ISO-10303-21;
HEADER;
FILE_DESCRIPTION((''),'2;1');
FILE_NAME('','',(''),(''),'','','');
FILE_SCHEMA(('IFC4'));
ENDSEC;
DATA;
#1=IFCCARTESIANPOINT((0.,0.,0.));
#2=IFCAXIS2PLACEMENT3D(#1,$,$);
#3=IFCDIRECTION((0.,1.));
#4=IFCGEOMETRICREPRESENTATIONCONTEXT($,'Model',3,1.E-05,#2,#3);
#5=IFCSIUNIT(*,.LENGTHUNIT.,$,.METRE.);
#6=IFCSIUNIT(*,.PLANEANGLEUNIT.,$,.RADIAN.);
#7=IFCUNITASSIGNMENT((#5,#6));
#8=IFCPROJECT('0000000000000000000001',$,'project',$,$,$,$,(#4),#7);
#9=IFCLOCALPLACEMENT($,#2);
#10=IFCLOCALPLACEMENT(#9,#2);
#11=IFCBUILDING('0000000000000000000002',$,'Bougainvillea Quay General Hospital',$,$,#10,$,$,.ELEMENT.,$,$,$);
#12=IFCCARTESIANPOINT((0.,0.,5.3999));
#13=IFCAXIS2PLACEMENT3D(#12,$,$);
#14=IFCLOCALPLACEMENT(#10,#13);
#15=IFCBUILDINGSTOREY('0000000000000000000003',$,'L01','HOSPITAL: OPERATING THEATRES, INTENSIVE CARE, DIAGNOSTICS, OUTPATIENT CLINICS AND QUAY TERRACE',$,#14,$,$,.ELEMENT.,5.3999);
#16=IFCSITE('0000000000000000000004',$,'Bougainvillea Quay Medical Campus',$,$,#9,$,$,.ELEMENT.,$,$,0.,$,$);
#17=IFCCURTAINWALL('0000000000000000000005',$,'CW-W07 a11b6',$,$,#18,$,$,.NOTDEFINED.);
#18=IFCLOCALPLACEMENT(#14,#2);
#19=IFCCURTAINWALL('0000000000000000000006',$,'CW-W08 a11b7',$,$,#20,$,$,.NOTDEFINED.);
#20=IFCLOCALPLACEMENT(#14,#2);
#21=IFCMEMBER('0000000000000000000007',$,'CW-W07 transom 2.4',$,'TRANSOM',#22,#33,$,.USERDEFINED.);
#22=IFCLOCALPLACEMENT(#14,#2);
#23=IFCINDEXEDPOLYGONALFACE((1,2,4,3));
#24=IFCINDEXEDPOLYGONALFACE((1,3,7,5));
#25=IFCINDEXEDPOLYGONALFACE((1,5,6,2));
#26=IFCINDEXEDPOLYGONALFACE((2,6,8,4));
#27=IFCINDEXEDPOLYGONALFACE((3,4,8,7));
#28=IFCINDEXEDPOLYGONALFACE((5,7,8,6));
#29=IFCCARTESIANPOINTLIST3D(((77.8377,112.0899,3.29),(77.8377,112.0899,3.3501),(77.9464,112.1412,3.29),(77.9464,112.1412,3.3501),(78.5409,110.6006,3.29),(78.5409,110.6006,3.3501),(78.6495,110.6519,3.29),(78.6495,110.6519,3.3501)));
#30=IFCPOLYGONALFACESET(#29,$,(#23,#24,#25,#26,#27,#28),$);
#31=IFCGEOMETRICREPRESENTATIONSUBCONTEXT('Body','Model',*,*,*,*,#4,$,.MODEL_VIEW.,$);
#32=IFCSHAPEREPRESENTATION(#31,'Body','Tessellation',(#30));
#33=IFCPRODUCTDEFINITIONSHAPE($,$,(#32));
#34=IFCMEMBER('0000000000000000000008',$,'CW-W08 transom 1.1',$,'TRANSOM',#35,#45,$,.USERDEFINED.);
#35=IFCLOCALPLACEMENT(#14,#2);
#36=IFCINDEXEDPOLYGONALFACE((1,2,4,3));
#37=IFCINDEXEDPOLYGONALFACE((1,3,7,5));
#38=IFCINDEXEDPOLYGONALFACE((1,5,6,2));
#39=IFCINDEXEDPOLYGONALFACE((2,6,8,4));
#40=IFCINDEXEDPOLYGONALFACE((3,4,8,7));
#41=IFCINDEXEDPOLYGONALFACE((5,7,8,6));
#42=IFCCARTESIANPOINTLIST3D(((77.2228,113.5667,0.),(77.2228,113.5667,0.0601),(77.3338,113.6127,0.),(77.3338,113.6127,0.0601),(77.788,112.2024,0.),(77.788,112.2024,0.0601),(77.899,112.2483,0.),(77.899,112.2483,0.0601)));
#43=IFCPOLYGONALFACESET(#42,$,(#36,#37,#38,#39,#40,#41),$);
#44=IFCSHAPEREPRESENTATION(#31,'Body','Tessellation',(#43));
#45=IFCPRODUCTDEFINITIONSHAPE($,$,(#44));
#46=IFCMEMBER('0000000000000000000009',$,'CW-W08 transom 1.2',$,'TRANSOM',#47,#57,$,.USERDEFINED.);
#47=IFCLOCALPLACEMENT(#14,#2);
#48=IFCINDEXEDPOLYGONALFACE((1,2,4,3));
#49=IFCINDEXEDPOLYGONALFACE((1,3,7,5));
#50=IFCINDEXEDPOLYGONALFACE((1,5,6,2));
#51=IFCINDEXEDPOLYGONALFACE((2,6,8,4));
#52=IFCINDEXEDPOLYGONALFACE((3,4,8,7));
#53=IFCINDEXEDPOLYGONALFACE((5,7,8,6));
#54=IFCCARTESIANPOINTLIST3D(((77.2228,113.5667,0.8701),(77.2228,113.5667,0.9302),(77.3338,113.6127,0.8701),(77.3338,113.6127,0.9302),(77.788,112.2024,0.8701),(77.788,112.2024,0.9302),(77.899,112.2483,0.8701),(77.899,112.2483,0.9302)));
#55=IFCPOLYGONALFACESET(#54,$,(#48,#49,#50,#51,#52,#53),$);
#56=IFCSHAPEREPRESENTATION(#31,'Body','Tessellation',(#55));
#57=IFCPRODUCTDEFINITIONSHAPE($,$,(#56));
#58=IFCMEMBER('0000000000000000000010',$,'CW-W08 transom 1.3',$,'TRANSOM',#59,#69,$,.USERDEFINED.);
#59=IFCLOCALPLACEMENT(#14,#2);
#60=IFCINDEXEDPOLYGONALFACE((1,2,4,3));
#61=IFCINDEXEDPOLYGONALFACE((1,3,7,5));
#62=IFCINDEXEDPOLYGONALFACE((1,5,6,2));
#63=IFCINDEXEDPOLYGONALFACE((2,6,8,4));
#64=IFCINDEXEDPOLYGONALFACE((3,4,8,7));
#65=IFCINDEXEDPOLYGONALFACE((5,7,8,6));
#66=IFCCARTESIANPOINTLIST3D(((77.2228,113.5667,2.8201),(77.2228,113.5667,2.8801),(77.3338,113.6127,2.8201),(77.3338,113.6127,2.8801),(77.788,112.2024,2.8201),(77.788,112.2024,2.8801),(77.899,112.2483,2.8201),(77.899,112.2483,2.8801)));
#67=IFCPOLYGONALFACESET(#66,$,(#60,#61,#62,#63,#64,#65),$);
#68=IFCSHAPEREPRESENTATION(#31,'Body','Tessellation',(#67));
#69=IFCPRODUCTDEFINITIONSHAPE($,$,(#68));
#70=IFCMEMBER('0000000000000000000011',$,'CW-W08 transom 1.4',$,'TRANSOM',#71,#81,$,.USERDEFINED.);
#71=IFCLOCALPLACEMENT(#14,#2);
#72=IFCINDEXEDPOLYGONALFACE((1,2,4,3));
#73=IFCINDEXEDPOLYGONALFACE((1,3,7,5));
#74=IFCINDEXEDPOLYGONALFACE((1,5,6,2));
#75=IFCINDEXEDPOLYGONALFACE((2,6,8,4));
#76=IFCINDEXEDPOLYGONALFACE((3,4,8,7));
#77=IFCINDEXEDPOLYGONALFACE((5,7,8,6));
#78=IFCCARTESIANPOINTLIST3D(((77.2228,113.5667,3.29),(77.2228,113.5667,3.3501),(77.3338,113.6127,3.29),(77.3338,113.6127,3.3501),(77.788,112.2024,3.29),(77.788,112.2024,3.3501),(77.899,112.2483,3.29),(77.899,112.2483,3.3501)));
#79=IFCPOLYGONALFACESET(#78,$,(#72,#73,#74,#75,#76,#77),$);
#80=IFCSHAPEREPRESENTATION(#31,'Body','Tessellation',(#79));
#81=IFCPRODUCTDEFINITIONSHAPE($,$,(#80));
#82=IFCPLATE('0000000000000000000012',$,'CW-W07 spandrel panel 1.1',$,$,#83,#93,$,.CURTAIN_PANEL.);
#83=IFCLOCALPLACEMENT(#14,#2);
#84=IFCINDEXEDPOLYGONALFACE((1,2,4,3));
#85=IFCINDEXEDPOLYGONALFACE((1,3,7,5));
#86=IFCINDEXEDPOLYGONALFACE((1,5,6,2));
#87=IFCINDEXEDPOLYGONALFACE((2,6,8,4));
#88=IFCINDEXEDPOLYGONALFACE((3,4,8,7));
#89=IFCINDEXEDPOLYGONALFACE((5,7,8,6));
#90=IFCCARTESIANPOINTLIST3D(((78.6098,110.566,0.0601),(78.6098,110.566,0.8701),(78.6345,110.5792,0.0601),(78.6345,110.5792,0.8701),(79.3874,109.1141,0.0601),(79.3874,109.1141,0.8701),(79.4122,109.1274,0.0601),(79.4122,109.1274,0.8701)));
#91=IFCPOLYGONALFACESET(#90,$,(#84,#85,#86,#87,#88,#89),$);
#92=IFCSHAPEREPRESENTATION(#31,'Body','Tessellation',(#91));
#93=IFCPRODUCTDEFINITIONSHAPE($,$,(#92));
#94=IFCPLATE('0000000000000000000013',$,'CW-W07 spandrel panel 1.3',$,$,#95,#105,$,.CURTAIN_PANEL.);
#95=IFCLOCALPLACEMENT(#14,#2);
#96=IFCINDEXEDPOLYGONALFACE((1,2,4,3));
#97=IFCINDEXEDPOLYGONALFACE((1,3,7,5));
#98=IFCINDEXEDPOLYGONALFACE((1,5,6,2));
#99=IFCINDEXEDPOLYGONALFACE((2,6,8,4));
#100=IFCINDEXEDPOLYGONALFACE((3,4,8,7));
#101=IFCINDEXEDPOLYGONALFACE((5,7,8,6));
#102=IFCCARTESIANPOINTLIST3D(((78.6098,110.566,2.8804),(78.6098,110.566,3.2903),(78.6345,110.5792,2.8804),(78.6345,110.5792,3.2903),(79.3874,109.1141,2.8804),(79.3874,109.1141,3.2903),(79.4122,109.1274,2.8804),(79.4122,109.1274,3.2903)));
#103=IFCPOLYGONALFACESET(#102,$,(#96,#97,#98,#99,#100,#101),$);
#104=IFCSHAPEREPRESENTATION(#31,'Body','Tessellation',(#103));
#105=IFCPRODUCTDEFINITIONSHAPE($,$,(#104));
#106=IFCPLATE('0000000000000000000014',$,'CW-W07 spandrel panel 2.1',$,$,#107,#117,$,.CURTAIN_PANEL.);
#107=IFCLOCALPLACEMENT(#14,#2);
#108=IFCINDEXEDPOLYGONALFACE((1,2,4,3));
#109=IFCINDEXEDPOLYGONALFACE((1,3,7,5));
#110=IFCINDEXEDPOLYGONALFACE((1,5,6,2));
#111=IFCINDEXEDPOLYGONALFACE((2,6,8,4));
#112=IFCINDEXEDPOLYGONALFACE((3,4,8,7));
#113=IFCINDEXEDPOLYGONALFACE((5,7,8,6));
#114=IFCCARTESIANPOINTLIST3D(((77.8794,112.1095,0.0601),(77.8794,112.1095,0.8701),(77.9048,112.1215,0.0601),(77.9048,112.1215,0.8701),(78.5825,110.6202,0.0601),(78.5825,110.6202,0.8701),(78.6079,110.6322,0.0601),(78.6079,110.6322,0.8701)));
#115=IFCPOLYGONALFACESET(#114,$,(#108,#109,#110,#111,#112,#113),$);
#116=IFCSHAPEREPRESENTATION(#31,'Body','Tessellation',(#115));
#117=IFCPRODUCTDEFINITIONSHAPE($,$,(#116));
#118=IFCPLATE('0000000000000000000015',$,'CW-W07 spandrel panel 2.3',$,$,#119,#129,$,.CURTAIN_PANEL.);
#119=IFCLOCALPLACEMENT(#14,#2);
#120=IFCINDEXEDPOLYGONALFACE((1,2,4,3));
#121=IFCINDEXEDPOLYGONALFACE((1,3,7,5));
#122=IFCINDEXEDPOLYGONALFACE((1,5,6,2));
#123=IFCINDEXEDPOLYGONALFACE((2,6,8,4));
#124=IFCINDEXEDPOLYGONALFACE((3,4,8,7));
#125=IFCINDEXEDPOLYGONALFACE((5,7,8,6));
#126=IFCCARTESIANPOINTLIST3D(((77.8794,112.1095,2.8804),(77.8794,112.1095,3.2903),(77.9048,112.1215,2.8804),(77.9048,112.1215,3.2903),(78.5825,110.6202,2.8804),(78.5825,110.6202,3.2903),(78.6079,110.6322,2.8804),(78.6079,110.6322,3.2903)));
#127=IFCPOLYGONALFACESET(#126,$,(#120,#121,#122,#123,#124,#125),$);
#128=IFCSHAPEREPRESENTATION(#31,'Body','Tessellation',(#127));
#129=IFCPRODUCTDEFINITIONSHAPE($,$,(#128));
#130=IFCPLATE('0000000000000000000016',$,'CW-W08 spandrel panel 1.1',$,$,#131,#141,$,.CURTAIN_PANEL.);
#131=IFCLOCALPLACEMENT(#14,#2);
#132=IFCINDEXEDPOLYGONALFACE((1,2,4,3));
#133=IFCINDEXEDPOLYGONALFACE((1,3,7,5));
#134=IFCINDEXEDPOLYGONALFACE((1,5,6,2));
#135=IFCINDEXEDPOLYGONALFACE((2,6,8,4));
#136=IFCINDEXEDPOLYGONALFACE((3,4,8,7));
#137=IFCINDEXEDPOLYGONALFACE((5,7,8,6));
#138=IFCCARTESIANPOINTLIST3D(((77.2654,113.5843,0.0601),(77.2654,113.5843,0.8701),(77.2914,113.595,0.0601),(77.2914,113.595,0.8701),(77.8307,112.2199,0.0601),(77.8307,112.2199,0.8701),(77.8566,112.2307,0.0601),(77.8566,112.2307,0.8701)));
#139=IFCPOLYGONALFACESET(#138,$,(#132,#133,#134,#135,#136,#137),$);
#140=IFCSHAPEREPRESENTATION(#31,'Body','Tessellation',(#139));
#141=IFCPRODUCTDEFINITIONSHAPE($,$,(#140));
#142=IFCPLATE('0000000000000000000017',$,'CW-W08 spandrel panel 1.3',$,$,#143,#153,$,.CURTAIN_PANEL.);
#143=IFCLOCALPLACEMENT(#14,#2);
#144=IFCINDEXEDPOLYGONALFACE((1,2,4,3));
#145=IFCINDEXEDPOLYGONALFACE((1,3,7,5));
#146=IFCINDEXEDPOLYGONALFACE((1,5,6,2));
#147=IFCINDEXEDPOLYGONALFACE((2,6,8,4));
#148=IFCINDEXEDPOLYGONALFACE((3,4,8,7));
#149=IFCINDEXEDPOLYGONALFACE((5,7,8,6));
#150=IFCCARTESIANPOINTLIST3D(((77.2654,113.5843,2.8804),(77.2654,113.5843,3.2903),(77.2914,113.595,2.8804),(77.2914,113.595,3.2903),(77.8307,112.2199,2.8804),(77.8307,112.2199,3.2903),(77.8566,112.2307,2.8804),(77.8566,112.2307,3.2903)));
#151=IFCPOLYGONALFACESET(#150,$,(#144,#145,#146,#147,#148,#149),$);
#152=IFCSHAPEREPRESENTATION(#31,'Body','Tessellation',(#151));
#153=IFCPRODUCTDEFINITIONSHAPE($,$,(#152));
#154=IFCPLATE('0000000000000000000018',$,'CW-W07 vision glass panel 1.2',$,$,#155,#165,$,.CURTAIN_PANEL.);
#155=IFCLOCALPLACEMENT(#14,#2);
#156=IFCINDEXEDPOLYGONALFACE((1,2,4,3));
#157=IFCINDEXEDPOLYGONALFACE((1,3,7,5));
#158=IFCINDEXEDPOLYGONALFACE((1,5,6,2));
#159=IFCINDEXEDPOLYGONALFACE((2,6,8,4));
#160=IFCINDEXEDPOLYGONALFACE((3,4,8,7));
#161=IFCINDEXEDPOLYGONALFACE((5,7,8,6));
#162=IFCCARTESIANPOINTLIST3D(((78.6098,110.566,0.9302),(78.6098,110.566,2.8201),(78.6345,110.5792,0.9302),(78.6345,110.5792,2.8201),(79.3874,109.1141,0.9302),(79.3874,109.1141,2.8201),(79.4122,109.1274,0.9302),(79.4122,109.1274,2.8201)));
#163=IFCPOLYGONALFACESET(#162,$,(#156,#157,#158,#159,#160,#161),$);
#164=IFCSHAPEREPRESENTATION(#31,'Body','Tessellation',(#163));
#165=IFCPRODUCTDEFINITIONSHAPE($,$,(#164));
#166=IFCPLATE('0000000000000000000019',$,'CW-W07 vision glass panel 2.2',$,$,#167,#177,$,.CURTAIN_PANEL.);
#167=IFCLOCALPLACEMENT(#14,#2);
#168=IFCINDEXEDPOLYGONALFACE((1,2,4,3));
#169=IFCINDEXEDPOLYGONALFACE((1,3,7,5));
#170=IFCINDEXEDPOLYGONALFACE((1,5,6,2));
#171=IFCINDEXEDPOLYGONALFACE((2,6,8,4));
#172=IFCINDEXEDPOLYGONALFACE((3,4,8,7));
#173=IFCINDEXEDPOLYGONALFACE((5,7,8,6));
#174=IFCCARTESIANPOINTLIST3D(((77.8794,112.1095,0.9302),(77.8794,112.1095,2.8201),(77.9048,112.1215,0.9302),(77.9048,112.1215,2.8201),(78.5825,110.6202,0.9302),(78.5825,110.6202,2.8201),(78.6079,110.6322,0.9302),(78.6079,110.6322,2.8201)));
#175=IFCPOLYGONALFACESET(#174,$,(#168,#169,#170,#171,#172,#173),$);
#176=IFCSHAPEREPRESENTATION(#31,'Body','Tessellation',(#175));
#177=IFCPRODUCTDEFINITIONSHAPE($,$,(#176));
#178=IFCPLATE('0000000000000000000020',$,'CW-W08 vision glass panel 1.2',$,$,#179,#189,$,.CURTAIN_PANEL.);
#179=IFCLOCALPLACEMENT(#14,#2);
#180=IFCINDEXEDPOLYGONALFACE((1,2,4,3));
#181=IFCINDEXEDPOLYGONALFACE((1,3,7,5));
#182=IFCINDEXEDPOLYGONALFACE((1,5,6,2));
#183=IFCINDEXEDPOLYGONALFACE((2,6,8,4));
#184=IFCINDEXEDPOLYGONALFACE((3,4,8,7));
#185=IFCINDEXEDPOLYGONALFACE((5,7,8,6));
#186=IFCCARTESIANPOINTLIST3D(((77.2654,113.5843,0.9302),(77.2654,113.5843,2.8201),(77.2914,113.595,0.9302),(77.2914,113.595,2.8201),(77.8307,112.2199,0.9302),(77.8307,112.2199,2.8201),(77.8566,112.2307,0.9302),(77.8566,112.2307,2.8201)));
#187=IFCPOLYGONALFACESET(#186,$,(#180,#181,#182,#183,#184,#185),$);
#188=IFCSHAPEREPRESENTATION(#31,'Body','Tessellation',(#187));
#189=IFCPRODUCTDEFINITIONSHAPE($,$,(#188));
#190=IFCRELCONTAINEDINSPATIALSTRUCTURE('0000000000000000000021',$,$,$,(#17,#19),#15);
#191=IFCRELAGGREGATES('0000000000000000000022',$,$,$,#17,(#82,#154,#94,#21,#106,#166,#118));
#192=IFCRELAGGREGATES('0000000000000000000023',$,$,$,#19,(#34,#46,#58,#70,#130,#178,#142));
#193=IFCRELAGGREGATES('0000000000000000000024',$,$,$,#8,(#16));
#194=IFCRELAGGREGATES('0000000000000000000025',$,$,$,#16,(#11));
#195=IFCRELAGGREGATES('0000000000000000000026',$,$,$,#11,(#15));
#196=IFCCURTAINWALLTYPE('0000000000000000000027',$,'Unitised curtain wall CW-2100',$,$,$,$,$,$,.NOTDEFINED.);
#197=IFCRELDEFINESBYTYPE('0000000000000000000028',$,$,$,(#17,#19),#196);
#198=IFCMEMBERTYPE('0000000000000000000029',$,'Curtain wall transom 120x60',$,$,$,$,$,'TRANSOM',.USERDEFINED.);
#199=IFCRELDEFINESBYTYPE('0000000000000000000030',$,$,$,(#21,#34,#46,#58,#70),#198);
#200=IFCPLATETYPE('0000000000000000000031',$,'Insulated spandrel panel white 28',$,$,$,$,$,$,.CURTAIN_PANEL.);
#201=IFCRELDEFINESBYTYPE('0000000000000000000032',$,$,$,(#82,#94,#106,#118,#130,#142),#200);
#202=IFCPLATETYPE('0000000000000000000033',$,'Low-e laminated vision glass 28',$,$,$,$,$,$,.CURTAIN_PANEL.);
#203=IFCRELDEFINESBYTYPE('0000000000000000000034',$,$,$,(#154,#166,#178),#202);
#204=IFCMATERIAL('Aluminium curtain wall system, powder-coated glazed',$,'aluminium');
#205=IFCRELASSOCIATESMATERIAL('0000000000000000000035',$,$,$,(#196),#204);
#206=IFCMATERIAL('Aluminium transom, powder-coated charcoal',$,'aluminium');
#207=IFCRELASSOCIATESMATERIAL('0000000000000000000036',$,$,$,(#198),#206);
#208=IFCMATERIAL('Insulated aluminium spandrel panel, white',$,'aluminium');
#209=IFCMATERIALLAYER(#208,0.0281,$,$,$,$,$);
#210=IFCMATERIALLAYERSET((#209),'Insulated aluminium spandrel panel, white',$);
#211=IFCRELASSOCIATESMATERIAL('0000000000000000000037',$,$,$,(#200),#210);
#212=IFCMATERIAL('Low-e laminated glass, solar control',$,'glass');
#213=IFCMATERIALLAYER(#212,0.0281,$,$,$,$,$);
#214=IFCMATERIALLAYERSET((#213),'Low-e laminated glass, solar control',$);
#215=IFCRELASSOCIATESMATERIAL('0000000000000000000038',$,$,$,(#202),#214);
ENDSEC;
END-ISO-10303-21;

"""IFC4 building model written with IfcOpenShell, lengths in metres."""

from ifc_helpers import new_model, si_unit, direction, frame, origin, origin_2d, place, context, subcontext, project, spatial, rectangle, extrude, material, layer, layer_set, material_profile, profile_set, type_object, element, aggregate, save


model = new_model("IFC4")

# Units and contexts
model_context = context("Model", 3, precision=1e-05, world=origin(), true_north=direction((0.0, 1.0)))
body_context = subcontext(model_context, "Body", "Model", "MODEL_VIEW")
ifc_project = project(units=[si_unit("LENGTHUNIT", "METRE"), si_unit("PLANEANGLEUNIT", "RADIAN")], contexts=[model_context])

# Site, building, storey
site_placement = place(None, origin())
site = spatial("IfcSite", under=ifc_project, at=site_placement, Name="Bougainvillea Quay Medical Campus", CompositionType="ELEMENT", RefElevation=0.0)
building_placement = place(site_placement, origin())
building = spatial("IfcBuilding", under=site, at=building_placement, Name="Bougainvillea Quay General Hospital", CompositionType="ELEMENT")
storey_placement = place(building_placement, frame((0.0, 0.0, 5.3999)))
storey = spatial("IfcBuildingStorey", under=building, at=storey_placement, Name="L01", Description="HOSPITAL: OPERATING THEATRES, INTENSIVE CARE, DIAGNOSTICS, OUTPATIENT CLINICS AND QUAY TERRACE", CompositionType="ELEMENT", Elevation=5.3999)

# Shared definitions
ifc_material_1 = material(Name="Aluminium curtain wall system, powder-coated glazed", Category="aluminium")
curtain_wall_type = type_object("IfcCurtainWallType", Name="Unitised curtain wall CW-2100", PredefinedType="NOTDEFINED", material=ifc_material_1)

# Curtain walls
curtain_wall_1_placement = place(storey_placement, origin())
curtain_wall_1 = element("IfcCurtainWall", 1, at=curtain_wall_1_placement, inside=storey, type_object=curtain_wall_type, Name="CW-W07 a11b6", PredefinedType="NOTDEFINED")
curtain_wall_2_placement = place(storey_placement, origin())
curtain_wall_2 = element("IfcCurtainWall", 2, at=curtain_wall_2_placement, inside=storey, type_object=curtain_wall_type, Name="CW-W08 a11b7", PredefinedType="NOTDEFINED")

# Members
ifc_material_2 = material(Name="Aluminium transom, powder-coated charcoal", Category="aluminium")
ifc_material_profile_1 = material_profile(ifc_material_2, rectangle(XDim=0.1201, YDim=0.0601, at=origin_2d()))
ifc_profile_set_1 = profile_set([ifc_material_profile_1], Name="Aluminium transom, powder-coated charcoal")
member_type_1 = type_object("IfcMemberType", Name="Curtain wall transom 120x60", ElementType="TRANSOM", PredefinedType="USERDEFINED", material=ifc_profile_set_1)
member_1_placement = place(storey_placement, frame((78.5952, 110.6262, 3.3201), z_axis=(-0.426939, 0.90428, 0.0), x_axis=(-0.90428, -0.426939, 0.0)))
member_1 = element("IfcMember", 3, at=member_1_placement, type_object=member_type_1, Name="CW-W07 transom 2.4", ObjectType="TRANSOM", PredefinedType="USERDEFINED", context=body_context, shape_type="SweptSolid", body=[
    extrude(rectangle(XDim=0.1201, YDim=0.0601, at=origin_2d()), origin(), (0.0, 0.0, 1.0), 1.647),
])
member_2_placement = place(storey_placement, frame((77.8435, 112.2253, 0.03), z_axis=(-0.382736, 0.923858, 0.0), x_axis=(-0.923858, -0.382736, 0.0)))
member_2 = element("IfcMember", 4, at=member_2_placement, type_object=member_type_1, Name="CW-W08 transom 1.1", ObjectType="TRANSOM", PredefinedType="USERDEFINED", context=body_context, shape_type="SweptSolid", body=[
    extrude(rectangle(XDim=0.1201, YDim=0.0601, at=origin_2d()), origin(), (0.0, 0.0, 1.0), 1.4768),
])
member_3_placement = place(storey_placement, frame((77.8435, 112.2253, 0.9001), z_axis=(-0.382736, 0.923858, 0.0), x_axis=(-0.923858, -0.382736, 0.0)))
member_3 = element("IfcMember", 5, at=member_3_placement, type_object=member_type_1, Name="CW-W08 transom 1.2", ObjectType="TRANSOM", PredefinedType="USERDEFINED", context=body_context, shape_type="SweptSolid", body=[
    extrude(rectangle(XDim=0.1201, YDim=0.0601, at=origin_2d()), origin(), (0.0, 0.0, 1.0), 1.4768),
])
member_4_placement = place(storey_placement, frame((77.8435, 112.2253, 2.8501), z_axis=(-0.382736, 0.923858, 0.0), x_axis=(-0.923858, -0.382736, 0.0)))
member_4 = element("IfcMember", 6, at=member_4_placement, type_object=member_type_1, Name="CW-W08 transom 1.3", ObjectType="TRANSOM", PredefinedType="USERDEFINED", context=body_context, shape_type="SweptSolid", body=[
    extrude(rectangle(XDim=0.1201, YDim=0.0601, at=origin_2d()), origin(), (0.0, 0.0, 1.0), 1.4768),
])
member_5_placement = place(storey_placement, frame((77.8435, 112.2253, 3.3201), z_axis=(-0.382736, 0.923858, 0.0), x_axis=(-0.923858, -0.382736, 0.0)))
member_5 = element("IfcMember", 7, at=member_5_placement, type_object=member_type_1, Name="CW-W08 transom 1.4", ObjectType="TRANSOM", PredefinedType="USERDEFINED", context=body_context, shape_type="SweptSolid", body=[
    extrude(rectangle(XDim=0.1201, YDim=0.0601, at=origin_2d()), origin(), (0.0, 0.0, 1.0), 1.4768),
])

# Plates
ifc_material_3 = material(Name="Insulated aluminium spandrel panel, white", Category="aluminium")
ifc_layer_1 = layer(ifc_material_3, 0.0281)
ifc_layer_set_1 = layer_set([ifc_layer_1], Name="Insulated aluminium spandrel panel, white")
plate_type_1 = type_object("IfcPlateType", Name="Insulated spandrel panel white 28", PredefinedType="CURTAIN_PANEL", material=ifc_layer_set_1)
plate_1_placement = place(storey_placement, frame((79.011, 109.8467, 0.0601), z_axis=(0.0, 0.0, 1.0), x_axis=(-0.472166, 0.88151, 0.0)))
plate_1 = element("IfcPlate", 8, at=plate_1_placement, type_object=plate_type_1, Name="CW-W07 spandrel panel 1.1", PredefinedType="CURTAIN_PANEL", context=body_context, shape_type="SweptSolid", body=[
    extrude(rectangle(XDim=1.647, YDim=0.0281, at=origin_2d()), origin(), (0.0, 0.0, 1.0), 0.8101),
])
plate_2_placement = place(storey_placement, frame((79.011, 109.8467, 2.8804), z_axis=(0.0, 0.0, 1.0), x_axis=(-0.472166, 0.88151, 0.0)))
plate_2 = element("IfcPlate", 9, at=plate_2_placement, type_object=plate_type_1, Name="CW-W07 spandrel panel 1.3", PredefinedType="CURTAIN_PANEL", context=body_context, shape_type="SweptSolid", body=[
    extrude(rectangle(XDim=1.647, YDim=0.0281, at=origin_2d()), origin(), (0.0, 0.0, 1.0), 0.4099),
])
plate_3_placement = place(storey_placement, frame((78.2437, 111.3708, 0.0601), z_axis=(0.0, 0.0, 1.0), x_axis=(-0.426869, 0.904314, 0.0)))
plate_3 = element("IfcPlate", 10, at=plate_3_placement, type_object=plate_type_1, Name="CW-W07 spandrel panel 2.1", PredefinedType="CURTAIN_PANEL", context=body_context, shape_type="SweptSolid", body=[
    extrude(rectangle(XDim=1.647, YDim=0.0281, at=origin_2d()), origin(), (0.0, 0.0, 1.0), 0.8101),
])
plate_4_placement = place(storey_placement, frame((78.2437, 111.3708, 2.8804), z_axis=(0.0, 0.0, 1.0), x_axis=(-0.426869, 0.904314, 0.0)))
plate_4 = element("IfcPlate", 11, at=plate_4_placement, type_object=plate_type_1, Name="CW-W07 spandrel panel 2.3", PredefinedType="CURTAIN_PANEL", context=body_context, shape_type="SweptSolid", body=[
    extrude(rectangle(XDim=1.647, YDim=0.0281, at=origin_2d()), origin(), (0.0, 0.0, 1.0), 0.4099),
])
plate_5_placement = place(storey_placement, frame((77.561, 112.9075, 0.0601), z_axis=(0.0, 0.0, 1.0), x_axis=(-0.38277, 0.923843, 0.0)))
plate_5 = element("IfcPlate", 12, at=plate_5_placement, type_object=plate_type_1, Name="CW-W08 spandrel panel 1.1", PredefinedType="CURTAIN_PANEL", context=body_context, shape_type="SweptSolid", body=[
    extrude(rectangle(XDim=1.4768, YDim=0.0281, at=origin_2d()), origin(), (0.0, 0.0, 1.0), 0.8101),
])
plate_6_placement = place(storey_placement, frame((77.561, 112.9075, 2.8804), z_axis=(0.0, 0.0, 1.0), x_axis=(-0.38277, 0.923843, 0.0)))
plate_6 = element("IfcPlate", 13, at=plate_6_placement, type_object=plate_type_1, Name="CW-W08 spandrel panel 1.3", PredefinedType="CURTAIN_PANEL", context=body_context, shape_type="SweptSolid", body=[
    extrude(rectangle(XDim=1.4768, YDim=0.0281, at=origin_2d()), origin(), (0.0, 0.0, 1.0), 0.4099),
])
ifc_material_4 = material(Name="Low-e laminated glass, solar control", Category="glass")
ifc_layer_2 = layer(ifc_material_4, 0.0281)
ifc_layer_set_2 = layer_set([ifc_layer_2], Name="Low-e laminated glass, solar control")
plate_type_2 = type_object("IfcPlateType", Name="Low-e laminated vision glass 28", PredefinedType="CURTAIN_PANEL", material=ifc_layer_set_2)
plate_7_placement = place(storey_placement, frame((79.011, 109.8467, 0.9302), z_axis=(0.0, 0.0, 1.0), x_axis=(-0.472166, 0.88151, 0.0)))
plate_7 = element("IfcPlate", 14, at=plate_7_placement, type_object=plate_type_2, Name="CW-W07 vision glass panel 1.2", PredefinedType="CURTAIN_PANEL", context=body_context, shape_type="SweptSolid", body=[
    extrude(rectangle(XDim=1.647, YDim=0.0281, at=origin_2d()), origin(), (0.0, 0.0, 1.0), 1.8899),
])
plate_8_placement = place(storey_placement, frame((78.2437, 111.3708, 0.9302), z_axis=(0.0, 0.0, 1.0), x_axis=(-0.426869, 0.904314, 0.0)))
plate_8 = element("IfcPlate", 15, at=plate_8_placement, type_object=plate_type_2, Name="CW-W07 vision glass panel 2.2", PredefinedType="CURTAIN_PANEL", context=body_context, shape_type="SweptSolid", body=[
    extrude(rectangle(XDim=1.647, YDim=0.0281, at=origin_2d()), origin(), (0.0, 0.0, 1.0), 1.8899),
])
aggregate(curtain_wall_1, [plate_1, plate_7, plate_2, member_1, plate_3, plate_8, plate_4])
plate_9_placement = place(storey_placement, frame((77.561, 112.9075, 0.9302), z_axis=(0.0, 0.0, 1.0), x_axis=(-0.38277, 0.923843, 0.0)))
plate_9 = element("IfcPlate", 16, at=plate_9_placement, type_object=plate_type_2, Name="CW-W08 vision glass panel 1.2", PredefinedType="CURTAIN_PANEL", context=body_context, shape_type="SweptSolid", body=[
    extrude(rectangle(XDim=1.4768, YDim=0.0281, at=origin_2d()), origin(), (0.0, 0.0, 1.0), 1.8899),
])
aggregate(curtain_wall_2, [member_2, member_3, member_4, member_5, plate_5, plate_9, plate_6])

save(model, "model.ifc")
